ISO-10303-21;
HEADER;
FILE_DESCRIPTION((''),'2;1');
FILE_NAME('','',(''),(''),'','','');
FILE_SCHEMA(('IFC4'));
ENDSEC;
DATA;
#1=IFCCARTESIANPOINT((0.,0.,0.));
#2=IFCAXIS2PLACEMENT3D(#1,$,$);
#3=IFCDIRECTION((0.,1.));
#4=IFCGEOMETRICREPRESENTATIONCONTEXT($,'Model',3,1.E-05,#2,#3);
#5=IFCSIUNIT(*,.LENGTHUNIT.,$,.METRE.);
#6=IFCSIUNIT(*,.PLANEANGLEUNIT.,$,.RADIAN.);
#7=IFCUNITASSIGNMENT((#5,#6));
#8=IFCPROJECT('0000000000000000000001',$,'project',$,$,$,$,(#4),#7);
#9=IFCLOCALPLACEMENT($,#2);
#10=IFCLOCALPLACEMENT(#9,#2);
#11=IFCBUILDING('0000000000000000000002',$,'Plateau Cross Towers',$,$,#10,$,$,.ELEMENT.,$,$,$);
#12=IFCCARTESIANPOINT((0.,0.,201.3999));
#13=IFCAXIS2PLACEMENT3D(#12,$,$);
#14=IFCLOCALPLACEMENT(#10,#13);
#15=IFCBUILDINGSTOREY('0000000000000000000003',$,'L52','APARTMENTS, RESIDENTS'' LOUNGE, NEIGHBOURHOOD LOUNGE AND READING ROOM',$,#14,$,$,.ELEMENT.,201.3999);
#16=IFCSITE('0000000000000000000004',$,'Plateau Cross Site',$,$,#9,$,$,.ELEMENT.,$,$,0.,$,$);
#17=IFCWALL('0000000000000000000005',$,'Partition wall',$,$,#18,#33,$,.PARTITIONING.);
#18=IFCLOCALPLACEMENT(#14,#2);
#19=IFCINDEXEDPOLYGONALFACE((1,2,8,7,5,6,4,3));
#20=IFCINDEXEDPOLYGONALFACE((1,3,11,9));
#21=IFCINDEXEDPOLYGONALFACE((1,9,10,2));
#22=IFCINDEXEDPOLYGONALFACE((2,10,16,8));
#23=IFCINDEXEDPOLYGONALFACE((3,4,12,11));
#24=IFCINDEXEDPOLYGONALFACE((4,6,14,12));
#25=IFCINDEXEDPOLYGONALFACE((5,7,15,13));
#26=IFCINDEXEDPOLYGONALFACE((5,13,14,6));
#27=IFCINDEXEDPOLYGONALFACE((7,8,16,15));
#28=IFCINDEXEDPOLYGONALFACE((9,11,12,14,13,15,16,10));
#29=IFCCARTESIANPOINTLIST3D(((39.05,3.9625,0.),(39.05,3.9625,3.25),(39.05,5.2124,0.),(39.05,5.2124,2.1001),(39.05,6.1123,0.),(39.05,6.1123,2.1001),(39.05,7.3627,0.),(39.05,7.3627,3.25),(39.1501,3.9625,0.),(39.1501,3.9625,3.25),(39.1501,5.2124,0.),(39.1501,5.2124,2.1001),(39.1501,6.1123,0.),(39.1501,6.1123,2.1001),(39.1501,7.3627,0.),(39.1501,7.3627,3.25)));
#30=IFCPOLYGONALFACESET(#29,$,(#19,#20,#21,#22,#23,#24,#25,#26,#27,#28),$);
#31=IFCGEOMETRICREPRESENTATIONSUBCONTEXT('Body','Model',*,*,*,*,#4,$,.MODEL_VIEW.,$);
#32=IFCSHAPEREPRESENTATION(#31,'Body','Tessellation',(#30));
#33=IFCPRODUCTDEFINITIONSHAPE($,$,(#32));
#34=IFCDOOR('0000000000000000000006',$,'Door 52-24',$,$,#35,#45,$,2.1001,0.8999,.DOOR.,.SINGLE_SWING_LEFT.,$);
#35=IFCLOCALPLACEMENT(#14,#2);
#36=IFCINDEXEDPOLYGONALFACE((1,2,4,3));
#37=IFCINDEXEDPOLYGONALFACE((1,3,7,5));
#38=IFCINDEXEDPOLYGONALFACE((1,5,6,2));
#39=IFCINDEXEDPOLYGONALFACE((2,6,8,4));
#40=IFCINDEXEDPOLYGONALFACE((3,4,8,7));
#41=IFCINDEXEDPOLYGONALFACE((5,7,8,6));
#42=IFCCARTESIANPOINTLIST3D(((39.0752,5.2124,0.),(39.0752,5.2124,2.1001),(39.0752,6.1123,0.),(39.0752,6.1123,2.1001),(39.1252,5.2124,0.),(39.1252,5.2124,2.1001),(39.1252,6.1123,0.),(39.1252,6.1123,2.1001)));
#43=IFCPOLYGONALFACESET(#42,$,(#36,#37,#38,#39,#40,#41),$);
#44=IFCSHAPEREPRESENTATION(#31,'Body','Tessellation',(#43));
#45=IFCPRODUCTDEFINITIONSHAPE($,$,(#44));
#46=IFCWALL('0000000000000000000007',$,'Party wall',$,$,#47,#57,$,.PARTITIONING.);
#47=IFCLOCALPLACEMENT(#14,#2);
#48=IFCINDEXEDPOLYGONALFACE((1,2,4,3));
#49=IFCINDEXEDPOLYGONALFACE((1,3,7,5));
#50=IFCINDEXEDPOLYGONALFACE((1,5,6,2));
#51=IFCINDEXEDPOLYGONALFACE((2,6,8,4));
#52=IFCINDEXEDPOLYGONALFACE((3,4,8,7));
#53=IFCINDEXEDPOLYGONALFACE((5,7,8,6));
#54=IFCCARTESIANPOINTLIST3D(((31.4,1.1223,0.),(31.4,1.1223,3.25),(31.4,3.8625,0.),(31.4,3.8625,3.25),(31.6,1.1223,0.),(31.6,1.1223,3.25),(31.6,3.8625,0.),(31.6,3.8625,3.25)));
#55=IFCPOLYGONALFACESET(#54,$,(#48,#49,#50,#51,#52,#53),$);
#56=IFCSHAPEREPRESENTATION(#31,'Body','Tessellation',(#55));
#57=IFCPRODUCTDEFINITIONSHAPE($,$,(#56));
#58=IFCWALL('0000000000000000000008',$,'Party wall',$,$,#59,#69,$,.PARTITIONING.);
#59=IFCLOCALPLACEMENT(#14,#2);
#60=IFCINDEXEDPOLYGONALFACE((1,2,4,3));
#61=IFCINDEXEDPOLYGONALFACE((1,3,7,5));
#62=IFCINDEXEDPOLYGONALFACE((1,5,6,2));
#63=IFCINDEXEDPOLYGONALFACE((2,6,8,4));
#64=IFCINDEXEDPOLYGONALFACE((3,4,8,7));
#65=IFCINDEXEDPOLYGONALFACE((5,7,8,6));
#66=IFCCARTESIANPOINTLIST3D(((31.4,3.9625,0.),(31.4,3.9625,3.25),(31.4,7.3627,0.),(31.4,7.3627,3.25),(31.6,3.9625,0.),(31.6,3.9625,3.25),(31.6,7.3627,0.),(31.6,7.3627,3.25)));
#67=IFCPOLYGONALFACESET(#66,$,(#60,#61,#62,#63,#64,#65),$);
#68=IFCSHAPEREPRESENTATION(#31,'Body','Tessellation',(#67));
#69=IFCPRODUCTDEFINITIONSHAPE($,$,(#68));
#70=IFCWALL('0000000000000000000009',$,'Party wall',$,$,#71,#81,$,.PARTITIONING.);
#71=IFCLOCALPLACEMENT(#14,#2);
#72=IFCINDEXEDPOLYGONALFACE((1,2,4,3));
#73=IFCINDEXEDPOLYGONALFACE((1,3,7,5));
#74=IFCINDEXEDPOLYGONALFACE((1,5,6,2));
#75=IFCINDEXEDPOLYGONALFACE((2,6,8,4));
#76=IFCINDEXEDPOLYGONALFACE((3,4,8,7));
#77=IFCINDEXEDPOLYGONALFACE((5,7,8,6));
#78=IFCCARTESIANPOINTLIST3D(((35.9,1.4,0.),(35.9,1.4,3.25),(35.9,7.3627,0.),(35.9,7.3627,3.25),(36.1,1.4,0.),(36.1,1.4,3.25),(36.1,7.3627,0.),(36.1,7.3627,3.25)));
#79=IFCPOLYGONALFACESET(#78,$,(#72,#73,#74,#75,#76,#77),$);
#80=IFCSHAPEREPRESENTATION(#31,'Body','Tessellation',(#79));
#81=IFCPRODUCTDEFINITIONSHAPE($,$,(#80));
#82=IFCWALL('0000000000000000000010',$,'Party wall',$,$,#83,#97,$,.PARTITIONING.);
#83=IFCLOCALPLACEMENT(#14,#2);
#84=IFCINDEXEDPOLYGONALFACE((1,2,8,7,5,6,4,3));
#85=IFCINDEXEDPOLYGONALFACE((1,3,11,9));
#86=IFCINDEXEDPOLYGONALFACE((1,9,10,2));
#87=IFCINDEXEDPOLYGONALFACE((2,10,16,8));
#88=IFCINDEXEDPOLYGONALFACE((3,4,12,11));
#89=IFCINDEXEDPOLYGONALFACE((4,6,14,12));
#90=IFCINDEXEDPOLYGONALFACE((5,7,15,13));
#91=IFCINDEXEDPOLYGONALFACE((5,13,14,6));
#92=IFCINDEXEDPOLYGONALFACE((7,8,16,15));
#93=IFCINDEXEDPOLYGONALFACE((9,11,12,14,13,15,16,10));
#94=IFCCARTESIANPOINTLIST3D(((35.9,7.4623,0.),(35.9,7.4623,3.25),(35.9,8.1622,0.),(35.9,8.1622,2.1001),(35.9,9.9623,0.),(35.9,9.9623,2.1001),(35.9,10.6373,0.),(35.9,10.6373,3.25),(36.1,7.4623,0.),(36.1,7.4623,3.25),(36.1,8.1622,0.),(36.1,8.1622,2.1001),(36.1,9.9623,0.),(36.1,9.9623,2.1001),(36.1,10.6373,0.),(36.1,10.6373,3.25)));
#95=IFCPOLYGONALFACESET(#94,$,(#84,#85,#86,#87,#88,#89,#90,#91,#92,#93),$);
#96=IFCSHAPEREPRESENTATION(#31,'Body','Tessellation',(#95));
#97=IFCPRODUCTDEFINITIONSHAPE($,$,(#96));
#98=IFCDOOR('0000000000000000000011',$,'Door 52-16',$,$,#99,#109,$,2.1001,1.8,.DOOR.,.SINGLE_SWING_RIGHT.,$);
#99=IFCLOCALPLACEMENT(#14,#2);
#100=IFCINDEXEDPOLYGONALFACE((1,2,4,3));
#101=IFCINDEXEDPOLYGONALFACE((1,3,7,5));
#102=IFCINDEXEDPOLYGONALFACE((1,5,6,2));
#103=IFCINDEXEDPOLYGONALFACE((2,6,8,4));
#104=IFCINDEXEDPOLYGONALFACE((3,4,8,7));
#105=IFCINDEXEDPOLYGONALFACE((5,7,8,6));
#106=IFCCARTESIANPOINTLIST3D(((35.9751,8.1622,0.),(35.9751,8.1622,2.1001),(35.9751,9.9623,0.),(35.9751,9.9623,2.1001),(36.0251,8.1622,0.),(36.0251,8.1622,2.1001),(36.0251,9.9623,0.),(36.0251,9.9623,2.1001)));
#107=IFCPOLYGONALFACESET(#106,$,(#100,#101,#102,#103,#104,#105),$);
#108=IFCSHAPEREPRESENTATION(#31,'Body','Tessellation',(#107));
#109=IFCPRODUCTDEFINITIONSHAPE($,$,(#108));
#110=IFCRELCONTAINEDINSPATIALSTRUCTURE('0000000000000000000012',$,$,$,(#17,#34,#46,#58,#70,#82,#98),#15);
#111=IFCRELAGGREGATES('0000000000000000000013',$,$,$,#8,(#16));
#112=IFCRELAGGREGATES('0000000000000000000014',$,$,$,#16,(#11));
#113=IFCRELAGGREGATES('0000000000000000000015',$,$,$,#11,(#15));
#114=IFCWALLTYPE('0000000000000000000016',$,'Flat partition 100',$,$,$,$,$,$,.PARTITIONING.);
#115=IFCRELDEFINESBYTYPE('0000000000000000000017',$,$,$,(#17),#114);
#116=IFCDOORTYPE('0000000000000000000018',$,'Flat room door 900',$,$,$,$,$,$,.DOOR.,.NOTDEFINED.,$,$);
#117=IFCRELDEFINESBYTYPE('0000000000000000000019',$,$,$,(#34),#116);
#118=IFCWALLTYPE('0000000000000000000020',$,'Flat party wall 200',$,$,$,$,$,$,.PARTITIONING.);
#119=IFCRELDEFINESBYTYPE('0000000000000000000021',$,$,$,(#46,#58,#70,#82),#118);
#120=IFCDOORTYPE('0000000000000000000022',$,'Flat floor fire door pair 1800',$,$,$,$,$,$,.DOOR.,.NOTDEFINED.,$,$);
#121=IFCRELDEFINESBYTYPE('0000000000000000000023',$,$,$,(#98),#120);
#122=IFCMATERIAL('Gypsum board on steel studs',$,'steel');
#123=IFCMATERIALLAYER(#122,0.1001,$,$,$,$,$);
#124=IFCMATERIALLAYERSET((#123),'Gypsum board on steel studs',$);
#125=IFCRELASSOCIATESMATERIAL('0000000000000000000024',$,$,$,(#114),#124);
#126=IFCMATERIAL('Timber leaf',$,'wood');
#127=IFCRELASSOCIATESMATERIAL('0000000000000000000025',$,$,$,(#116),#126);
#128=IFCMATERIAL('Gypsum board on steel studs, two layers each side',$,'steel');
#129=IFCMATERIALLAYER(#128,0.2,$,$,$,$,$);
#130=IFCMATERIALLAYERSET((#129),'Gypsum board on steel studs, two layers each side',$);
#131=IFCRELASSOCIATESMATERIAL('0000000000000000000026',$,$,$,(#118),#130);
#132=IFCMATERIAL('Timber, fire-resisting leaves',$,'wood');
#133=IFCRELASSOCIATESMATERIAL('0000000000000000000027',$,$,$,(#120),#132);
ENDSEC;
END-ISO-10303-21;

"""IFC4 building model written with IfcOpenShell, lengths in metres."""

from ifc_helpers import new_model, si_unit, direction, frame, frame_2d, origin, place, context, subcontext, project, spatial, rectangle, extrude, material, layer, layer_set, type_object, element, fill, save


model = new_model("IFC4")

# Units and contexts
model_context = context("Model", 3, precision=1e-05, world=origin(), true_north=direction((0.0, 1.0)))
body_context = subcontext(model_context, "Body", "Model", "MODEL_VIEW")
ifc_project = project(units=[si_unit("LENGTHUNIT", "METRE"), si_unit("PLANEANGLEUNIT", "RADIAN")], contexts=[model_context])

# Site, building, storey
site_placement = place(None, origin())
site = spatial("IfcSite", under=ifc_project, at=site_placement, Name="Plateau Cross Site", CompositionType="ELEMENT", RefElevation=0.0)
building_placement = place(site_placement, origin())
building = spatial("IfcBuilding", under=site, at=building_placement, Name="Plateau Cross Towers", CompositionType="ELEMENT")
storey_placement = place(building_placement, frame((0.0, 0.0, 201.3999)))
storey = spatial("IfcBuildingStorey", under=building, at=storey_placement, Name="L52", Description="APARTMENTS, RESIDENTS' LOUNGE, NEIGHBOURHOOD LOUNGE AND READING ROOM", CompositionType="ELEMENT", Elevation=201.3999)

# Shared definitions
ifc_material_1 = material(Name="Gypsum board on steel studs", Category="steel")
ifc_layer_1 = layer(ifc_material_1, 0.1001)
ifc_layer_set_1 = layer_set([ifc_layer_1], Name="Gypsum board on steel studs")
wall_type_1 = type_object("IfcWallType", Name="Flat partition 100", PredefinedType="PARTITIONING", material=ifc_layer_set_1)
ifc_material_2 = material(Name="Timber leaf", Category="wood")
door_type_1 = type_object("IfcDoorType", Name="Flat room door 900", OperationType="NOTDEFINED", PredefinedType="DOOR", material=ifc_material_2)

# Wall, opening, door
wall_1_placement = place(storey_placement, frame((39.1001, 3.9624, 0.0), z_axis=(0.0, 0.0, 1.0), x_axis=(0.0, 1.0, 0.0)))
wall_1 = element("IfcWall", 1, at=wall_1_placement, inside=storey, type_object=wall_type_1, Name="Partition wall", PredefinedType="PARTITIONING", context=body_context, shape_type="SweptSolid", body=[
    extrude(rectangle(XDim=3.4001, YDim=0.1001, at=frame_2d((1.7002, 0.0))), origin(), (0.0, 0.0, 1.0), 3.25),
])
opening_1_placement = place(wall_1_placement, frame((1.25, 0.0, 0.0)))
opening_1 = element("IfcOpeningElement", 2, at=opening_1_placement, cuts=wall_1, PredefinedType="OPENING", context=body_context, shape_type="SweptSolid", body=[
    extrude(rectangle(XDim=0.8999, YDim=2.1001, at=frame_2d((0.45, 1.05))), frame((0.0, 0.0601, 0.0), z_axis=(0.0, -1.0, 0.0), x_axis=(1.0, 0.0, 0.0)), (0.0, 0.0, 1.0), 0.1201),
])
door_1_placement = place(opening_1_placement, origin())
door_1 = element("IfcDoor", 3, at=door_1_placement, inside=storey, type_object=door_type_1, Name="Door 52-24", OperationType="SINGLE_SWING_LEFT", OverallHeight=2.1001, OverallWidth=0.8999, PredefinedType="DOOR", context=body_context, shape_type="SweptSolid", body=[
    extrude(rectangle(XDim=0.8999, YDim=2.1001, at=frame_2d((0.45, 1.05))), frame((0.0, 0.0249, 0.0), z_axis=(0.0, -1.0, 0.0), x_axis=(1.0, 0.0, 0.0)), (0.0, 0.0, 1.0), 0.05),
])
fill(opening_1, door_1)

# Walls
ifc_material_3 = material(Name="Gypsum board on steel studs, two layers each side", Category="steel")
ifc_layer_2 = layer(ifc_material_3, 0.2)
ifc_layer_set_2 = layer_set([ifc_layer_2], Name="Gypsum board on steel studs, two layers each side")
wall_type_2 = type_object("IfcWallType", Name="Flat party wall 200", PredefinedType="PARTITIONING", material=ifc_layer_set_2)
wall_2_placement = place(storey_placement, frame((31.5, 3.8625, 0.0), z_axis=(0.0, 0.0, 1.0), x_axis=(0.0, -1.0, 0.0)))
element("IfcWall", 4, at=wall_2_placement, inside=storey, type_object=wall_type_2, Name="Party wall", PredefinedType="PARTITIONING", context=body_context, shape_type="SweptSolid", body=[
    extrude(rectangle(XDim=2.7402, YDim=0.2, at=frame_2d((1.3701, 0.0))), origin(), (0.0, 0.0, 1.0), 3.25),
])
wall_3_placement = place(storey_placement, frame((31.5, 3.9624, 0.0), z_axis=(0.0, 0.0, 1.0), x_axis=(0.0, 1.0, 0.0)))
element("IfcWall", 5, at=wall_3_placement, inside=storey, type_object=wall_type_2, Name="Party wall", PredefinedType="PARTITIONING", context=body_context, shape_type="SweptSolid", body=[
    extrude(rectangle(XDim=3.4001, YDim=0.2, at=frame_2d((1.7002, 0.0))), origin(), (0.0, 0.0, 1.0), 3.25),
])
wall_4_placement = place(storey_placement, frame((36.0, 1.3999, 0.0), z_axis=(0.0, 0.0, 1.0), x_axis=(0.0, 1.0, 0.0)))
element("IfcWall", 6, at=wall_4_placement, inside=storey, type_object=wall_type_2, Name="Party wall", PredefinedType="PARTITIONING", context=body_context, shape_type="SweptSolid", body=[
    extrude(rectangle(XDim=5.9626, YDim=0.2, at=frame_2d((2.9814, 0.0))), origin(), (0.0, 0.0, 1.0), 3.25),
])

# Wall, opening, door
wall_5_placement = place(storey_placement, frame((36.0, 7.4624, 0.0), z_axis=(0.0, 0.0, 1.0), x_axis=(0.0, 1.0, 0.0)))
wall_5 = element("IfcWall", 7, at=wall_5_placement, inside=storey, type_object=wall_type_2, Name="Party wall", PredefinedType="PARTITIONING", context=body_context, shape_type="SweptSolid", body=[
    extrude(rectangle(XDim=3.175, YDim=0.2, at=frame_2d((1.5874, 0.0))), origin(), (0.0, 0.0, 1.0), 3.25),
])
opening_2_placement = place(wall_5_placement, frame((0.7, 0.0, 0.0)))
opening_2 = element("IfcOpeningElement", 8, at=opening_2_placement, cuts=wall_5, PredefinedType="OPENING", context=body_context, shape_type="SweptSolid", body=[
    extrude(rectangle(XDim=1.8, YDim=2.1001, at=frame_2d((0.8999, 1.05))), frame((0.0, 0.1099, 0.0), z_axis=(0.0, -1.0, 0.0), x_axis=(1.0, 0.0, 0.0)), (0.0, 0.0, 1.0), 0.22),
])
ifc_material_4 = material(Name="Timber, fire-resisting leaves", Category="wood")
door_type_2 = type_object("IfcDoorType", Name="Flat floor fire door pair 1800", OperationType="NOTDEFINED", PredefinedType="DOOR", material=ifc_material_4)
door_2_placement = place(opening_2_placement, origin())
door_2 = element("IfcDoor", 9, at=door_2_placement, inside=storey, type_object=door_type_2, Name="Door 52-16", OperationType="SINGLE_SWING_RIGHT", OverallHeight=2.1001, OverallWidth=1.8, PredefinedType="DOOR", context=body_context, shape_type="SweptSolid", body=[
    extrude(rectangle(XDim=1.8, YDim=2.1001, at=frame_2d((0.8999, 1.05))), frame((0.0, 0.0249, 0.0), z_axis=(0.0, -1.0, 0.0), x_axis=(1.0, 0.0, 0.0)), (0.0, 0.0, 1.0), 0.05),
])
fill(opening_2, door_2)

save(model, "model.ifc")
